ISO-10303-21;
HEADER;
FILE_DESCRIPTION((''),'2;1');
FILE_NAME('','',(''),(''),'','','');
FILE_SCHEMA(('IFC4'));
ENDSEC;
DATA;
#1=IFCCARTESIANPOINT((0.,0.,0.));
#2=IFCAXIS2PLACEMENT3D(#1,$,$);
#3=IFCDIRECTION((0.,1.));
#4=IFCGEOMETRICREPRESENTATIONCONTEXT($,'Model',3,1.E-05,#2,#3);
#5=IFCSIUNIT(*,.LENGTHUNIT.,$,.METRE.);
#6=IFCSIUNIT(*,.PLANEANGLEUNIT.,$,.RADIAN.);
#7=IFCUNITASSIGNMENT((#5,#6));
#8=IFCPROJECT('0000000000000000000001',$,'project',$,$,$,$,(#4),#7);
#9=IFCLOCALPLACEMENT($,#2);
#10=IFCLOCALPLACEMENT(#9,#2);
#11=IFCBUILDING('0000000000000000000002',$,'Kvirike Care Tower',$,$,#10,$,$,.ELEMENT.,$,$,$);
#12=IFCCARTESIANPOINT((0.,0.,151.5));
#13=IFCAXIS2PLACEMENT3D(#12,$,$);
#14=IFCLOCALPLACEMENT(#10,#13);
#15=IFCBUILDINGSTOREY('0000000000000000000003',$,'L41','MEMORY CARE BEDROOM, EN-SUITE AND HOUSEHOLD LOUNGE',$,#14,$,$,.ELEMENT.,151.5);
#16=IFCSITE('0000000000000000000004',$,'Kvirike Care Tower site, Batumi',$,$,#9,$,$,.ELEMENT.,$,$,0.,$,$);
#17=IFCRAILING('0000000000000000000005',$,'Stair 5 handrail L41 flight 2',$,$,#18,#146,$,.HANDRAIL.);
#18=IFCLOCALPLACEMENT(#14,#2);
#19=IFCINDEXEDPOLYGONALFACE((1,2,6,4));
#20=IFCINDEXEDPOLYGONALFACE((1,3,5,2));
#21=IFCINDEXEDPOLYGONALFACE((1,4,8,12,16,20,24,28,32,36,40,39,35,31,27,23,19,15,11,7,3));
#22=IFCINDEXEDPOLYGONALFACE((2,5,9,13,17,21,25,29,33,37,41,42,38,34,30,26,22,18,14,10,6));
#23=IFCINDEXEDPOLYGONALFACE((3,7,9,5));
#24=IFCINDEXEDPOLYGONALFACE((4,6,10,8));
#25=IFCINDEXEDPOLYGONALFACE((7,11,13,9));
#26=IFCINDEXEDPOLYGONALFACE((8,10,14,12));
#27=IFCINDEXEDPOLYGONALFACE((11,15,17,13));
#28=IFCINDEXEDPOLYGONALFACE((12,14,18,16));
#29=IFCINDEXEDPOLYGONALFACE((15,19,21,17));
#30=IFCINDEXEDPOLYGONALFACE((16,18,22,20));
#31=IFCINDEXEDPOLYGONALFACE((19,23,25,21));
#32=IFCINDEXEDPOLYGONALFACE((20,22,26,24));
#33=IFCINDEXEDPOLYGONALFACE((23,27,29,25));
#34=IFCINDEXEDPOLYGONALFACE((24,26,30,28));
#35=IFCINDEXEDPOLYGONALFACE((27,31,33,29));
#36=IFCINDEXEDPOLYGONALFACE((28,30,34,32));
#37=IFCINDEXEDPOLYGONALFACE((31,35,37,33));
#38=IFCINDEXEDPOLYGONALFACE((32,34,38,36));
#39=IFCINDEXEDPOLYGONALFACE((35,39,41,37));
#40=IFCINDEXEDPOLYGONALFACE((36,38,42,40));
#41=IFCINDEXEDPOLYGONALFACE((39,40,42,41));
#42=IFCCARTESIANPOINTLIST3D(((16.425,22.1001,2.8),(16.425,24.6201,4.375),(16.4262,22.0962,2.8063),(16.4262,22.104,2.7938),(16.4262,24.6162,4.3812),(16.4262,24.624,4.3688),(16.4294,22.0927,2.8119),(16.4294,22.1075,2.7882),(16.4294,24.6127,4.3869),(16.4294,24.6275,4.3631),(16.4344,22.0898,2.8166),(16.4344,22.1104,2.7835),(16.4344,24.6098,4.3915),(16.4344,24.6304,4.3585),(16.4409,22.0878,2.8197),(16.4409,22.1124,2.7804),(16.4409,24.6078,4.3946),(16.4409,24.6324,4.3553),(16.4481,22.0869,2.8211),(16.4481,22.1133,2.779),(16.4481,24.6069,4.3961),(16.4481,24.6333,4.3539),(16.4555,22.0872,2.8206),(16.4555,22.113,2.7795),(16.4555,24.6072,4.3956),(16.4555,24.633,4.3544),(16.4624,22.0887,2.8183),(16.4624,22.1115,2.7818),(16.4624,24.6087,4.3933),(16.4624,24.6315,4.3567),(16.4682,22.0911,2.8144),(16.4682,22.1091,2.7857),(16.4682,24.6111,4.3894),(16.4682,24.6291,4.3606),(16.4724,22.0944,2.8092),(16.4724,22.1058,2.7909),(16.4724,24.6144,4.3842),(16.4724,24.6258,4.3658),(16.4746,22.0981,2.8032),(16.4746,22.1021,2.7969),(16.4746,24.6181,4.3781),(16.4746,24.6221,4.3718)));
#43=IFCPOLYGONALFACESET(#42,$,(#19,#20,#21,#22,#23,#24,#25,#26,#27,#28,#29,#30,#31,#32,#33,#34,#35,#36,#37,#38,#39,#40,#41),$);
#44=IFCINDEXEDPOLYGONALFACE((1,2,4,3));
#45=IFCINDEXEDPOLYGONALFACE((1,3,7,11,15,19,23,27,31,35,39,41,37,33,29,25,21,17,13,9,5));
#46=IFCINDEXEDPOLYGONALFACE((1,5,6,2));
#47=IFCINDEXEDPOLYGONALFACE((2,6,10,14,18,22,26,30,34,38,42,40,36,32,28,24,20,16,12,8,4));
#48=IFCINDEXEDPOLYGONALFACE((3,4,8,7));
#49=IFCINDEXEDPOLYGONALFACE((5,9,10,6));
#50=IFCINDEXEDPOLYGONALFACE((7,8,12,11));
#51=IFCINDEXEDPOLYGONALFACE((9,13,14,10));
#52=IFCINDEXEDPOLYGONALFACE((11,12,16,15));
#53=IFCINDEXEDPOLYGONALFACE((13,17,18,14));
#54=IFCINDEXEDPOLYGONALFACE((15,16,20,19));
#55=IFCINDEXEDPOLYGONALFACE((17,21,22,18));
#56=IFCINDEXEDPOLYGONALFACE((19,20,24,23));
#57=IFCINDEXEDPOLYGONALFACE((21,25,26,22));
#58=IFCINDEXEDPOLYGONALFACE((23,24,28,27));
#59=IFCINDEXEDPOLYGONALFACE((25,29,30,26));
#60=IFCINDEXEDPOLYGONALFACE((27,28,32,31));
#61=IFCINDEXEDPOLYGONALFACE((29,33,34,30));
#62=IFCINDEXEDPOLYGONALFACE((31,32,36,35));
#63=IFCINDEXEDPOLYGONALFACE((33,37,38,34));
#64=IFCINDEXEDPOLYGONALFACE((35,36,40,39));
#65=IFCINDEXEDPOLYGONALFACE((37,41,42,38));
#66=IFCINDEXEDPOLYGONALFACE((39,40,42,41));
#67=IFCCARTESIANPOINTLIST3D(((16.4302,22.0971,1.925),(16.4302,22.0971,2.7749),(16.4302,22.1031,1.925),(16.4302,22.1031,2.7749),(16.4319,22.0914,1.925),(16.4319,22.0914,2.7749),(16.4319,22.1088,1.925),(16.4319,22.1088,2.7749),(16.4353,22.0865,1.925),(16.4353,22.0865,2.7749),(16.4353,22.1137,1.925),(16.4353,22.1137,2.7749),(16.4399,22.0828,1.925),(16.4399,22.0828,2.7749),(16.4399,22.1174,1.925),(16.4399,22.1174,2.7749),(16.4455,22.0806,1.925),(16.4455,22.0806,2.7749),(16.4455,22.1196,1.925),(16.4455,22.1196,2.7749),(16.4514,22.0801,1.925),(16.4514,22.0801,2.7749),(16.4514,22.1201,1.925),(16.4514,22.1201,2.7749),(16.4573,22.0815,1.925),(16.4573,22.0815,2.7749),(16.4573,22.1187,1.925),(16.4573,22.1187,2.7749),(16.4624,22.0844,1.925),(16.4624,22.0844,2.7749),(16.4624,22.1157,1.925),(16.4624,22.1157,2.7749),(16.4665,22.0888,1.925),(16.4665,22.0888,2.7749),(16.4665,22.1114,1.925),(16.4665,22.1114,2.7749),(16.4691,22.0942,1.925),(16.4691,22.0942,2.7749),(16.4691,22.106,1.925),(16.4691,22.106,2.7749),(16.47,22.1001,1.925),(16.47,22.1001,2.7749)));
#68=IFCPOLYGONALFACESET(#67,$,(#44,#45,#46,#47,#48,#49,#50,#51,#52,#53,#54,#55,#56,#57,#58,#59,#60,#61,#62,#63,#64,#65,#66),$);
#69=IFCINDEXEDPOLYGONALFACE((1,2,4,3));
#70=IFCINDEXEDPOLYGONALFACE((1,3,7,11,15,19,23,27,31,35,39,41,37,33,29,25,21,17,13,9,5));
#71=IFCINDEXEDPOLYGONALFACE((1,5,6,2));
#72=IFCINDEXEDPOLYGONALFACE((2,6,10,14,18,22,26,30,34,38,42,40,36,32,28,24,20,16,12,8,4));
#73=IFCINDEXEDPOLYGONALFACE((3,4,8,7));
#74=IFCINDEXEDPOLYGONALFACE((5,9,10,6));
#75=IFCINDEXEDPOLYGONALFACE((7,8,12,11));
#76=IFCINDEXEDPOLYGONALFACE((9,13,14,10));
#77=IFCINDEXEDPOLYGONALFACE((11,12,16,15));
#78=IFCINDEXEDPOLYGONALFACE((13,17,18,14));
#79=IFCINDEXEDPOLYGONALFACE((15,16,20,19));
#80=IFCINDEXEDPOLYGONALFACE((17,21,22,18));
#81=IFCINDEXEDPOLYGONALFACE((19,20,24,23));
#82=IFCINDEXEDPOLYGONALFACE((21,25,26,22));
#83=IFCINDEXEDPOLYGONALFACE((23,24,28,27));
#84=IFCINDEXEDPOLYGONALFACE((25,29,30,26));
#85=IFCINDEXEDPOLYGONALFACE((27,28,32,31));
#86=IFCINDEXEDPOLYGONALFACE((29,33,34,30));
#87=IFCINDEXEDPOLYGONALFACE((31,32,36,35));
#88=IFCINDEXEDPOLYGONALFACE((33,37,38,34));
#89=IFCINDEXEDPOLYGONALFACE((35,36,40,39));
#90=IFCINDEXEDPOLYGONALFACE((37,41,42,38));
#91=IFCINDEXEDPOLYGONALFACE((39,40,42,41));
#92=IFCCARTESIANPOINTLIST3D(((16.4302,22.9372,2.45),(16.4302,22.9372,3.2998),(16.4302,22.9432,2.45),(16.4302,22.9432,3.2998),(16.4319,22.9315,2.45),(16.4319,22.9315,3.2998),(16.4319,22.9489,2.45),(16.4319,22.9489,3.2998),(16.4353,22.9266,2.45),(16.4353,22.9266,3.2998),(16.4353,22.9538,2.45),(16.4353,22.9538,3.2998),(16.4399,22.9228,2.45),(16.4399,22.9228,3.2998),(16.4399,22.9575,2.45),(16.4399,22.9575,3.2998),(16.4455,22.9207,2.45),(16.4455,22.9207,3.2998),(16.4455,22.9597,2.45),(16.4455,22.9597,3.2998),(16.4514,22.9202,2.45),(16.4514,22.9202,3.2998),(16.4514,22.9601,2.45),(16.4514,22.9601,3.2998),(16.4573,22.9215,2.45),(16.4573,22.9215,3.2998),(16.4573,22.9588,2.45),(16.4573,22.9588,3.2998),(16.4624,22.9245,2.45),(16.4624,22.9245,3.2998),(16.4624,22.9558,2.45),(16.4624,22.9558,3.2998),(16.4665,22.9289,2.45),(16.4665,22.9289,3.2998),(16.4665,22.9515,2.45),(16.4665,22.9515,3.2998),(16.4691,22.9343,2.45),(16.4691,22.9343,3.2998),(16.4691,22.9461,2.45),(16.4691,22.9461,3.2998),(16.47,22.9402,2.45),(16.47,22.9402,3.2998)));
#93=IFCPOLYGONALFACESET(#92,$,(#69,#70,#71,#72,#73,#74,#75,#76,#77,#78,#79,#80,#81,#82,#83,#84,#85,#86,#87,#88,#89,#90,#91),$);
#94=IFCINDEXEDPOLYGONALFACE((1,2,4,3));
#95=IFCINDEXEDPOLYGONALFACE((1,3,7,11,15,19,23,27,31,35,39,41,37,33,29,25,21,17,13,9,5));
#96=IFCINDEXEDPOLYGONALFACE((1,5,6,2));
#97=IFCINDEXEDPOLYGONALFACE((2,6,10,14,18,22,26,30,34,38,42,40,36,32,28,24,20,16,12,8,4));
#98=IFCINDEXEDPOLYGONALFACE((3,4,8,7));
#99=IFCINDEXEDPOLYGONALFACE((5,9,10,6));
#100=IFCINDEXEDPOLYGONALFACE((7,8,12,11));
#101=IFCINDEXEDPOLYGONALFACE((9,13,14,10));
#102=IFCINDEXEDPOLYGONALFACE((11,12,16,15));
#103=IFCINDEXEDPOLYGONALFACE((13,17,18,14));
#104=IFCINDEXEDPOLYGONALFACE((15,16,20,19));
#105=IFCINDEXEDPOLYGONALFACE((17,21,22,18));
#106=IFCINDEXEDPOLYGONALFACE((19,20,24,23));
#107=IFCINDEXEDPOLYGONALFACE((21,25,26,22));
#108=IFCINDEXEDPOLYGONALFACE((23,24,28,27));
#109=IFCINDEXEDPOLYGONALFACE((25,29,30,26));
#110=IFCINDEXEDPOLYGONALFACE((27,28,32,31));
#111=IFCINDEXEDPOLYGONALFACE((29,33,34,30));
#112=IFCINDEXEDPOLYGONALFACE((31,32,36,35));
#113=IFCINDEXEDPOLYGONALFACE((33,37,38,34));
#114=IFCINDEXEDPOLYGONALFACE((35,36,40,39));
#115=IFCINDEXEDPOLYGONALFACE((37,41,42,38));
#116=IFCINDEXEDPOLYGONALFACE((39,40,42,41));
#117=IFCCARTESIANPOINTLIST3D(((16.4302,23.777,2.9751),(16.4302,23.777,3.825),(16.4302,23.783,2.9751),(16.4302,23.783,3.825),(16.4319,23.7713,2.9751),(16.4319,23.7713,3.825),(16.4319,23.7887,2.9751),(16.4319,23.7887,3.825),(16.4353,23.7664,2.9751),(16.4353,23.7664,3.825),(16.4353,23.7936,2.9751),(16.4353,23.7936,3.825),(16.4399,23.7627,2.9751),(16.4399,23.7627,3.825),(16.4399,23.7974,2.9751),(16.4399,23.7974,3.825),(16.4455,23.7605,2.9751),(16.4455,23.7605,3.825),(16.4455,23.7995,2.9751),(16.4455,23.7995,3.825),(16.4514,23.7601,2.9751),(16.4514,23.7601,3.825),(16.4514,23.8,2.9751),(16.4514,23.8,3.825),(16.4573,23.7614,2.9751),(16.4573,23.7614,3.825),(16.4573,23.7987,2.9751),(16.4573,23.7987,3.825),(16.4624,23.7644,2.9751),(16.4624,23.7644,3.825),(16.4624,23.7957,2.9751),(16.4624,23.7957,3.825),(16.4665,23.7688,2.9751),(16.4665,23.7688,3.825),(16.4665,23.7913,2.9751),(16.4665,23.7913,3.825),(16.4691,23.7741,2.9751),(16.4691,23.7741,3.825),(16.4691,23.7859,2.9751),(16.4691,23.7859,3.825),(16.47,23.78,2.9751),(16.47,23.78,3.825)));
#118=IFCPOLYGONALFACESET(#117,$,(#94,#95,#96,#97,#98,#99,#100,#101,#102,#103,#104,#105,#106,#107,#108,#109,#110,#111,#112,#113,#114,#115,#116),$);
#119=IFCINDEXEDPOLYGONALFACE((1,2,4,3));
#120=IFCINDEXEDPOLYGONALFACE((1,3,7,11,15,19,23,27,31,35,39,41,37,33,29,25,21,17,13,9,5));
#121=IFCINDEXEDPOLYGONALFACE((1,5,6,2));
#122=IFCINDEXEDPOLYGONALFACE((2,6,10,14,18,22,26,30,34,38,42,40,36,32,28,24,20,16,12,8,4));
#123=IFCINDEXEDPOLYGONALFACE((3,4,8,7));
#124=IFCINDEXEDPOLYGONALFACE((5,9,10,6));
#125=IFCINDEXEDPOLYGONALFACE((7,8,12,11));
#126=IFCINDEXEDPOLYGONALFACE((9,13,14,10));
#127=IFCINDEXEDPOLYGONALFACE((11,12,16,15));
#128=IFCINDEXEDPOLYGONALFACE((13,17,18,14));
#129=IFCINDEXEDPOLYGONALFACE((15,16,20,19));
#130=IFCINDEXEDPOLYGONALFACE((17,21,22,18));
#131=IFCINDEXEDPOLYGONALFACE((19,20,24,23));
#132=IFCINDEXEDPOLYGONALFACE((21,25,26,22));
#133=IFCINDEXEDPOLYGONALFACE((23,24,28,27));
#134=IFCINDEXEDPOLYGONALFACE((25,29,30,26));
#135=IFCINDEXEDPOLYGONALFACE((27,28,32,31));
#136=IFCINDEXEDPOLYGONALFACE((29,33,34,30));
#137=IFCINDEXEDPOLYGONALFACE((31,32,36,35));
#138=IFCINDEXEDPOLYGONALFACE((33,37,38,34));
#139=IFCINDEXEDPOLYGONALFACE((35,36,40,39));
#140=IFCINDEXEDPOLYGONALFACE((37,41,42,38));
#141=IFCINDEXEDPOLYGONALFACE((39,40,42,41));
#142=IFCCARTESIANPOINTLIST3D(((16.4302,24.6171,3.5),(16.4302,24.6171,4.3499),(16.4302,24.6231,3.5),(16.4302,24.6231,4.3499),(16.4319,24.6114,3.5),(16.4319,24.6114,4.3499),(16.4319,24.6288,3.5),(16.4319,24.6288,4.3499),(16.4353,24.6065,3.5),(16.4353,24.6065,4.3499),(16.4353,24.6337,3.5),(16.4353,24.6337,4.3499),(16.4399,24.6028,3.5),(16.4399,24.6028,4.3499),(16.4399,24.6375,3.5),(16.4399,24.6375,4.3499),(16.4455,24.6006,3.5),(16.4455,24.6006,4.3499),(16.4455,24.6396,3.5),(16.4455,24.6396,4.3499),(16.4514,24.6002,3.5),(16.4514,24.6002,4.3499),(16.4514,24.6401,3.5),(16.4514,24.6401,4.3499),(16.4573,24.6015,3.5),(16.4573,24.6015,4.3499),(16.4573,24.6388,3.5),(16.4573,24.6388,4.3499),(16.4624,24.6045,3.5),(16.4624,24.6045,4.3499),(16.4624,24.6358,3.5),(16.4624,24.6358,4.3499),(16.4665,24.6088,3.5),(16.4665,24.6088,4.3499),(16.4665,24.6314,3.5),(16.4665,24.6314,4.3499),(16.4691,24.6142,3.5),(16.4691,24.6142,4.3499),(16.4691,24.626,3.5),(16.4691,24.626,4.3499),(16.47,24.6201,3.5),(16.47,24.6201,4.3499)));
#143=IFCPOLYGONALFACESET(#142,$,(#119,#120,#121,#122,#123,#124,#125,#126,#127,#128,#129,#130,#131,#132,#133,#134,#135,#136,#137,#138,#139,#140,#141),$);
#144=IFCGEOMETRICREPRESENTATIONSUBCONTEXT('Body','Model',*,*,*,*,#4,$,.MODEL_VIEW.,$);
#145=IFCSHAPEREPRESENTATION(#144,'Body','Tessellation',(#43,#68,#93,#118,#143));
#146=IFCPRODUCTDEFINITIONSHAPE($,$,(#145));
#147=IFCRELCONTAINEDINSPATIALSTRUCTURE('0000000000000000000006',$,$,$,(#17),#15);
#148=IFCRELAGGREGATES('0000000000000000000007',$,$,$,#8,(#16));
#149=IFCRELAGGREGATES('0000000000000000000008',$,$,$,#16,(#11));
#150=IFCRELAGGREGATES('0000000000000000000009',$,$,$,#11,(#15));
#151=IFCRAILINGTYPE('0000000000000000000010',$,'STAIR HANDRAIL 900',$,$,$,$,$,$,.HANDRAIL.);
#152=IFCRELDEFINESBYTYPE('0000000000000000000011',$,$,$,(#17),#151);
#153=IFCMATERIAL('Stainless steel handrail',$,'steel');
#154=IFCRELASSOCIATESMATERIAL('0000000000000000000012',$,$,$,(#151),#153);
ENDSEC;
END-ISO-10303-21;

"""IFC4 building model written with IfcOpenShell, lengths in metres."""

from ifc_helpers import new_model, si_unit, direction, frame, origin, origin_2d, place, context, subcontext, project, spatial, circle, extrude, material, type_object, element, save


model = new_model("IFC4")

# Units and contexts
model_context = context("Model", 3, precision=1e-05, world=origin(), true_north=direction((0.0, 1.0)))
body_context = subcontext(model_context, "Body", "Model", "MODEL_VIEW")
ifc_project = project(units=[si_unit("LENGTHUNIT", "METRE"), si_unit("PLANEANGLEUNIT", "RADIAN")], contexts=[model_context])

# Site, building, storey
site_placement = place(None, origin())
site = spatial("IfcSite", under=ifc_project, at=site_placement, Name="Kvirike Care Tower site, Batumi", CompositionType="ELEMENT", RefElevation=0.0)
building_placement = place(site_placement, origin())
building = spatial("IfcBuilding", under=site, at=building_placement, Name="Kvirike Care Tower", CompositionType="ELEMENT")
storey_placement = place(building_placement, frame((0.0, 0.0, 151.5)))
storey = spatial("IfcBuildingStorey", under=building, at=storey_placement, Name="L41", Description="MEMORY CARE BEDROOM, EN-SUITE AND HOUSEHOLD LOUNGE", CompositionType="ELEMENT", Elevation=151.5)

# Railing
ifc_material_1 = material(Name="Stainless steel handrail", Category="steel")
railing_type = type_object("IfcRailingType", Name="STAIR HANDRAIL 900", PredefinedType="HANDRAIL", material=ifc_material_1)
railing_placement = place(storey_placement, frame((16.45, 22.1001, 1.925)))
element("IfcRailing", 1, at=railing_placement, inside=storey, type_object=railing_type, Name="Stair 5 handrail L41 flight 2", PredefinedType="HANDRAIL", context=body_context, shape_type="SweptSolid", body=[
    extrude(circle(Radius=0.0249, at=origin_2d()), frame((0.0, 0.0, 0.875), z_axis=(0.0, 0.848008, 0.529984), x_axis=(-1.0, 0.0, 0.0)), (0.0, 0.0, 1.0), 2.9717),
    extrude(circle(Radius=0.02, at=origin_2d()), origin(), (0.0, 0.0, 1.0), 0.8499),
    extrude(circle(Radius=0.02, at=origin_2d()), frame((0.0, 0.8401, 0.5249)), (0.0, 0.0, 1.0), 0.8499),
    extrude(circle(Radius=0.02, at=origin_2d()), frame((0.0, 1.6799, 1.05)), (0.0, 0.0, 1.0), 0.8499),
    extrude(circle(Radius=0.02, at=origin_2d()), frame((0.0, 2.52, 1.575)), (0.0, 0.0, 1.0), 0.8499),
])

save(model, "model.ifc")
